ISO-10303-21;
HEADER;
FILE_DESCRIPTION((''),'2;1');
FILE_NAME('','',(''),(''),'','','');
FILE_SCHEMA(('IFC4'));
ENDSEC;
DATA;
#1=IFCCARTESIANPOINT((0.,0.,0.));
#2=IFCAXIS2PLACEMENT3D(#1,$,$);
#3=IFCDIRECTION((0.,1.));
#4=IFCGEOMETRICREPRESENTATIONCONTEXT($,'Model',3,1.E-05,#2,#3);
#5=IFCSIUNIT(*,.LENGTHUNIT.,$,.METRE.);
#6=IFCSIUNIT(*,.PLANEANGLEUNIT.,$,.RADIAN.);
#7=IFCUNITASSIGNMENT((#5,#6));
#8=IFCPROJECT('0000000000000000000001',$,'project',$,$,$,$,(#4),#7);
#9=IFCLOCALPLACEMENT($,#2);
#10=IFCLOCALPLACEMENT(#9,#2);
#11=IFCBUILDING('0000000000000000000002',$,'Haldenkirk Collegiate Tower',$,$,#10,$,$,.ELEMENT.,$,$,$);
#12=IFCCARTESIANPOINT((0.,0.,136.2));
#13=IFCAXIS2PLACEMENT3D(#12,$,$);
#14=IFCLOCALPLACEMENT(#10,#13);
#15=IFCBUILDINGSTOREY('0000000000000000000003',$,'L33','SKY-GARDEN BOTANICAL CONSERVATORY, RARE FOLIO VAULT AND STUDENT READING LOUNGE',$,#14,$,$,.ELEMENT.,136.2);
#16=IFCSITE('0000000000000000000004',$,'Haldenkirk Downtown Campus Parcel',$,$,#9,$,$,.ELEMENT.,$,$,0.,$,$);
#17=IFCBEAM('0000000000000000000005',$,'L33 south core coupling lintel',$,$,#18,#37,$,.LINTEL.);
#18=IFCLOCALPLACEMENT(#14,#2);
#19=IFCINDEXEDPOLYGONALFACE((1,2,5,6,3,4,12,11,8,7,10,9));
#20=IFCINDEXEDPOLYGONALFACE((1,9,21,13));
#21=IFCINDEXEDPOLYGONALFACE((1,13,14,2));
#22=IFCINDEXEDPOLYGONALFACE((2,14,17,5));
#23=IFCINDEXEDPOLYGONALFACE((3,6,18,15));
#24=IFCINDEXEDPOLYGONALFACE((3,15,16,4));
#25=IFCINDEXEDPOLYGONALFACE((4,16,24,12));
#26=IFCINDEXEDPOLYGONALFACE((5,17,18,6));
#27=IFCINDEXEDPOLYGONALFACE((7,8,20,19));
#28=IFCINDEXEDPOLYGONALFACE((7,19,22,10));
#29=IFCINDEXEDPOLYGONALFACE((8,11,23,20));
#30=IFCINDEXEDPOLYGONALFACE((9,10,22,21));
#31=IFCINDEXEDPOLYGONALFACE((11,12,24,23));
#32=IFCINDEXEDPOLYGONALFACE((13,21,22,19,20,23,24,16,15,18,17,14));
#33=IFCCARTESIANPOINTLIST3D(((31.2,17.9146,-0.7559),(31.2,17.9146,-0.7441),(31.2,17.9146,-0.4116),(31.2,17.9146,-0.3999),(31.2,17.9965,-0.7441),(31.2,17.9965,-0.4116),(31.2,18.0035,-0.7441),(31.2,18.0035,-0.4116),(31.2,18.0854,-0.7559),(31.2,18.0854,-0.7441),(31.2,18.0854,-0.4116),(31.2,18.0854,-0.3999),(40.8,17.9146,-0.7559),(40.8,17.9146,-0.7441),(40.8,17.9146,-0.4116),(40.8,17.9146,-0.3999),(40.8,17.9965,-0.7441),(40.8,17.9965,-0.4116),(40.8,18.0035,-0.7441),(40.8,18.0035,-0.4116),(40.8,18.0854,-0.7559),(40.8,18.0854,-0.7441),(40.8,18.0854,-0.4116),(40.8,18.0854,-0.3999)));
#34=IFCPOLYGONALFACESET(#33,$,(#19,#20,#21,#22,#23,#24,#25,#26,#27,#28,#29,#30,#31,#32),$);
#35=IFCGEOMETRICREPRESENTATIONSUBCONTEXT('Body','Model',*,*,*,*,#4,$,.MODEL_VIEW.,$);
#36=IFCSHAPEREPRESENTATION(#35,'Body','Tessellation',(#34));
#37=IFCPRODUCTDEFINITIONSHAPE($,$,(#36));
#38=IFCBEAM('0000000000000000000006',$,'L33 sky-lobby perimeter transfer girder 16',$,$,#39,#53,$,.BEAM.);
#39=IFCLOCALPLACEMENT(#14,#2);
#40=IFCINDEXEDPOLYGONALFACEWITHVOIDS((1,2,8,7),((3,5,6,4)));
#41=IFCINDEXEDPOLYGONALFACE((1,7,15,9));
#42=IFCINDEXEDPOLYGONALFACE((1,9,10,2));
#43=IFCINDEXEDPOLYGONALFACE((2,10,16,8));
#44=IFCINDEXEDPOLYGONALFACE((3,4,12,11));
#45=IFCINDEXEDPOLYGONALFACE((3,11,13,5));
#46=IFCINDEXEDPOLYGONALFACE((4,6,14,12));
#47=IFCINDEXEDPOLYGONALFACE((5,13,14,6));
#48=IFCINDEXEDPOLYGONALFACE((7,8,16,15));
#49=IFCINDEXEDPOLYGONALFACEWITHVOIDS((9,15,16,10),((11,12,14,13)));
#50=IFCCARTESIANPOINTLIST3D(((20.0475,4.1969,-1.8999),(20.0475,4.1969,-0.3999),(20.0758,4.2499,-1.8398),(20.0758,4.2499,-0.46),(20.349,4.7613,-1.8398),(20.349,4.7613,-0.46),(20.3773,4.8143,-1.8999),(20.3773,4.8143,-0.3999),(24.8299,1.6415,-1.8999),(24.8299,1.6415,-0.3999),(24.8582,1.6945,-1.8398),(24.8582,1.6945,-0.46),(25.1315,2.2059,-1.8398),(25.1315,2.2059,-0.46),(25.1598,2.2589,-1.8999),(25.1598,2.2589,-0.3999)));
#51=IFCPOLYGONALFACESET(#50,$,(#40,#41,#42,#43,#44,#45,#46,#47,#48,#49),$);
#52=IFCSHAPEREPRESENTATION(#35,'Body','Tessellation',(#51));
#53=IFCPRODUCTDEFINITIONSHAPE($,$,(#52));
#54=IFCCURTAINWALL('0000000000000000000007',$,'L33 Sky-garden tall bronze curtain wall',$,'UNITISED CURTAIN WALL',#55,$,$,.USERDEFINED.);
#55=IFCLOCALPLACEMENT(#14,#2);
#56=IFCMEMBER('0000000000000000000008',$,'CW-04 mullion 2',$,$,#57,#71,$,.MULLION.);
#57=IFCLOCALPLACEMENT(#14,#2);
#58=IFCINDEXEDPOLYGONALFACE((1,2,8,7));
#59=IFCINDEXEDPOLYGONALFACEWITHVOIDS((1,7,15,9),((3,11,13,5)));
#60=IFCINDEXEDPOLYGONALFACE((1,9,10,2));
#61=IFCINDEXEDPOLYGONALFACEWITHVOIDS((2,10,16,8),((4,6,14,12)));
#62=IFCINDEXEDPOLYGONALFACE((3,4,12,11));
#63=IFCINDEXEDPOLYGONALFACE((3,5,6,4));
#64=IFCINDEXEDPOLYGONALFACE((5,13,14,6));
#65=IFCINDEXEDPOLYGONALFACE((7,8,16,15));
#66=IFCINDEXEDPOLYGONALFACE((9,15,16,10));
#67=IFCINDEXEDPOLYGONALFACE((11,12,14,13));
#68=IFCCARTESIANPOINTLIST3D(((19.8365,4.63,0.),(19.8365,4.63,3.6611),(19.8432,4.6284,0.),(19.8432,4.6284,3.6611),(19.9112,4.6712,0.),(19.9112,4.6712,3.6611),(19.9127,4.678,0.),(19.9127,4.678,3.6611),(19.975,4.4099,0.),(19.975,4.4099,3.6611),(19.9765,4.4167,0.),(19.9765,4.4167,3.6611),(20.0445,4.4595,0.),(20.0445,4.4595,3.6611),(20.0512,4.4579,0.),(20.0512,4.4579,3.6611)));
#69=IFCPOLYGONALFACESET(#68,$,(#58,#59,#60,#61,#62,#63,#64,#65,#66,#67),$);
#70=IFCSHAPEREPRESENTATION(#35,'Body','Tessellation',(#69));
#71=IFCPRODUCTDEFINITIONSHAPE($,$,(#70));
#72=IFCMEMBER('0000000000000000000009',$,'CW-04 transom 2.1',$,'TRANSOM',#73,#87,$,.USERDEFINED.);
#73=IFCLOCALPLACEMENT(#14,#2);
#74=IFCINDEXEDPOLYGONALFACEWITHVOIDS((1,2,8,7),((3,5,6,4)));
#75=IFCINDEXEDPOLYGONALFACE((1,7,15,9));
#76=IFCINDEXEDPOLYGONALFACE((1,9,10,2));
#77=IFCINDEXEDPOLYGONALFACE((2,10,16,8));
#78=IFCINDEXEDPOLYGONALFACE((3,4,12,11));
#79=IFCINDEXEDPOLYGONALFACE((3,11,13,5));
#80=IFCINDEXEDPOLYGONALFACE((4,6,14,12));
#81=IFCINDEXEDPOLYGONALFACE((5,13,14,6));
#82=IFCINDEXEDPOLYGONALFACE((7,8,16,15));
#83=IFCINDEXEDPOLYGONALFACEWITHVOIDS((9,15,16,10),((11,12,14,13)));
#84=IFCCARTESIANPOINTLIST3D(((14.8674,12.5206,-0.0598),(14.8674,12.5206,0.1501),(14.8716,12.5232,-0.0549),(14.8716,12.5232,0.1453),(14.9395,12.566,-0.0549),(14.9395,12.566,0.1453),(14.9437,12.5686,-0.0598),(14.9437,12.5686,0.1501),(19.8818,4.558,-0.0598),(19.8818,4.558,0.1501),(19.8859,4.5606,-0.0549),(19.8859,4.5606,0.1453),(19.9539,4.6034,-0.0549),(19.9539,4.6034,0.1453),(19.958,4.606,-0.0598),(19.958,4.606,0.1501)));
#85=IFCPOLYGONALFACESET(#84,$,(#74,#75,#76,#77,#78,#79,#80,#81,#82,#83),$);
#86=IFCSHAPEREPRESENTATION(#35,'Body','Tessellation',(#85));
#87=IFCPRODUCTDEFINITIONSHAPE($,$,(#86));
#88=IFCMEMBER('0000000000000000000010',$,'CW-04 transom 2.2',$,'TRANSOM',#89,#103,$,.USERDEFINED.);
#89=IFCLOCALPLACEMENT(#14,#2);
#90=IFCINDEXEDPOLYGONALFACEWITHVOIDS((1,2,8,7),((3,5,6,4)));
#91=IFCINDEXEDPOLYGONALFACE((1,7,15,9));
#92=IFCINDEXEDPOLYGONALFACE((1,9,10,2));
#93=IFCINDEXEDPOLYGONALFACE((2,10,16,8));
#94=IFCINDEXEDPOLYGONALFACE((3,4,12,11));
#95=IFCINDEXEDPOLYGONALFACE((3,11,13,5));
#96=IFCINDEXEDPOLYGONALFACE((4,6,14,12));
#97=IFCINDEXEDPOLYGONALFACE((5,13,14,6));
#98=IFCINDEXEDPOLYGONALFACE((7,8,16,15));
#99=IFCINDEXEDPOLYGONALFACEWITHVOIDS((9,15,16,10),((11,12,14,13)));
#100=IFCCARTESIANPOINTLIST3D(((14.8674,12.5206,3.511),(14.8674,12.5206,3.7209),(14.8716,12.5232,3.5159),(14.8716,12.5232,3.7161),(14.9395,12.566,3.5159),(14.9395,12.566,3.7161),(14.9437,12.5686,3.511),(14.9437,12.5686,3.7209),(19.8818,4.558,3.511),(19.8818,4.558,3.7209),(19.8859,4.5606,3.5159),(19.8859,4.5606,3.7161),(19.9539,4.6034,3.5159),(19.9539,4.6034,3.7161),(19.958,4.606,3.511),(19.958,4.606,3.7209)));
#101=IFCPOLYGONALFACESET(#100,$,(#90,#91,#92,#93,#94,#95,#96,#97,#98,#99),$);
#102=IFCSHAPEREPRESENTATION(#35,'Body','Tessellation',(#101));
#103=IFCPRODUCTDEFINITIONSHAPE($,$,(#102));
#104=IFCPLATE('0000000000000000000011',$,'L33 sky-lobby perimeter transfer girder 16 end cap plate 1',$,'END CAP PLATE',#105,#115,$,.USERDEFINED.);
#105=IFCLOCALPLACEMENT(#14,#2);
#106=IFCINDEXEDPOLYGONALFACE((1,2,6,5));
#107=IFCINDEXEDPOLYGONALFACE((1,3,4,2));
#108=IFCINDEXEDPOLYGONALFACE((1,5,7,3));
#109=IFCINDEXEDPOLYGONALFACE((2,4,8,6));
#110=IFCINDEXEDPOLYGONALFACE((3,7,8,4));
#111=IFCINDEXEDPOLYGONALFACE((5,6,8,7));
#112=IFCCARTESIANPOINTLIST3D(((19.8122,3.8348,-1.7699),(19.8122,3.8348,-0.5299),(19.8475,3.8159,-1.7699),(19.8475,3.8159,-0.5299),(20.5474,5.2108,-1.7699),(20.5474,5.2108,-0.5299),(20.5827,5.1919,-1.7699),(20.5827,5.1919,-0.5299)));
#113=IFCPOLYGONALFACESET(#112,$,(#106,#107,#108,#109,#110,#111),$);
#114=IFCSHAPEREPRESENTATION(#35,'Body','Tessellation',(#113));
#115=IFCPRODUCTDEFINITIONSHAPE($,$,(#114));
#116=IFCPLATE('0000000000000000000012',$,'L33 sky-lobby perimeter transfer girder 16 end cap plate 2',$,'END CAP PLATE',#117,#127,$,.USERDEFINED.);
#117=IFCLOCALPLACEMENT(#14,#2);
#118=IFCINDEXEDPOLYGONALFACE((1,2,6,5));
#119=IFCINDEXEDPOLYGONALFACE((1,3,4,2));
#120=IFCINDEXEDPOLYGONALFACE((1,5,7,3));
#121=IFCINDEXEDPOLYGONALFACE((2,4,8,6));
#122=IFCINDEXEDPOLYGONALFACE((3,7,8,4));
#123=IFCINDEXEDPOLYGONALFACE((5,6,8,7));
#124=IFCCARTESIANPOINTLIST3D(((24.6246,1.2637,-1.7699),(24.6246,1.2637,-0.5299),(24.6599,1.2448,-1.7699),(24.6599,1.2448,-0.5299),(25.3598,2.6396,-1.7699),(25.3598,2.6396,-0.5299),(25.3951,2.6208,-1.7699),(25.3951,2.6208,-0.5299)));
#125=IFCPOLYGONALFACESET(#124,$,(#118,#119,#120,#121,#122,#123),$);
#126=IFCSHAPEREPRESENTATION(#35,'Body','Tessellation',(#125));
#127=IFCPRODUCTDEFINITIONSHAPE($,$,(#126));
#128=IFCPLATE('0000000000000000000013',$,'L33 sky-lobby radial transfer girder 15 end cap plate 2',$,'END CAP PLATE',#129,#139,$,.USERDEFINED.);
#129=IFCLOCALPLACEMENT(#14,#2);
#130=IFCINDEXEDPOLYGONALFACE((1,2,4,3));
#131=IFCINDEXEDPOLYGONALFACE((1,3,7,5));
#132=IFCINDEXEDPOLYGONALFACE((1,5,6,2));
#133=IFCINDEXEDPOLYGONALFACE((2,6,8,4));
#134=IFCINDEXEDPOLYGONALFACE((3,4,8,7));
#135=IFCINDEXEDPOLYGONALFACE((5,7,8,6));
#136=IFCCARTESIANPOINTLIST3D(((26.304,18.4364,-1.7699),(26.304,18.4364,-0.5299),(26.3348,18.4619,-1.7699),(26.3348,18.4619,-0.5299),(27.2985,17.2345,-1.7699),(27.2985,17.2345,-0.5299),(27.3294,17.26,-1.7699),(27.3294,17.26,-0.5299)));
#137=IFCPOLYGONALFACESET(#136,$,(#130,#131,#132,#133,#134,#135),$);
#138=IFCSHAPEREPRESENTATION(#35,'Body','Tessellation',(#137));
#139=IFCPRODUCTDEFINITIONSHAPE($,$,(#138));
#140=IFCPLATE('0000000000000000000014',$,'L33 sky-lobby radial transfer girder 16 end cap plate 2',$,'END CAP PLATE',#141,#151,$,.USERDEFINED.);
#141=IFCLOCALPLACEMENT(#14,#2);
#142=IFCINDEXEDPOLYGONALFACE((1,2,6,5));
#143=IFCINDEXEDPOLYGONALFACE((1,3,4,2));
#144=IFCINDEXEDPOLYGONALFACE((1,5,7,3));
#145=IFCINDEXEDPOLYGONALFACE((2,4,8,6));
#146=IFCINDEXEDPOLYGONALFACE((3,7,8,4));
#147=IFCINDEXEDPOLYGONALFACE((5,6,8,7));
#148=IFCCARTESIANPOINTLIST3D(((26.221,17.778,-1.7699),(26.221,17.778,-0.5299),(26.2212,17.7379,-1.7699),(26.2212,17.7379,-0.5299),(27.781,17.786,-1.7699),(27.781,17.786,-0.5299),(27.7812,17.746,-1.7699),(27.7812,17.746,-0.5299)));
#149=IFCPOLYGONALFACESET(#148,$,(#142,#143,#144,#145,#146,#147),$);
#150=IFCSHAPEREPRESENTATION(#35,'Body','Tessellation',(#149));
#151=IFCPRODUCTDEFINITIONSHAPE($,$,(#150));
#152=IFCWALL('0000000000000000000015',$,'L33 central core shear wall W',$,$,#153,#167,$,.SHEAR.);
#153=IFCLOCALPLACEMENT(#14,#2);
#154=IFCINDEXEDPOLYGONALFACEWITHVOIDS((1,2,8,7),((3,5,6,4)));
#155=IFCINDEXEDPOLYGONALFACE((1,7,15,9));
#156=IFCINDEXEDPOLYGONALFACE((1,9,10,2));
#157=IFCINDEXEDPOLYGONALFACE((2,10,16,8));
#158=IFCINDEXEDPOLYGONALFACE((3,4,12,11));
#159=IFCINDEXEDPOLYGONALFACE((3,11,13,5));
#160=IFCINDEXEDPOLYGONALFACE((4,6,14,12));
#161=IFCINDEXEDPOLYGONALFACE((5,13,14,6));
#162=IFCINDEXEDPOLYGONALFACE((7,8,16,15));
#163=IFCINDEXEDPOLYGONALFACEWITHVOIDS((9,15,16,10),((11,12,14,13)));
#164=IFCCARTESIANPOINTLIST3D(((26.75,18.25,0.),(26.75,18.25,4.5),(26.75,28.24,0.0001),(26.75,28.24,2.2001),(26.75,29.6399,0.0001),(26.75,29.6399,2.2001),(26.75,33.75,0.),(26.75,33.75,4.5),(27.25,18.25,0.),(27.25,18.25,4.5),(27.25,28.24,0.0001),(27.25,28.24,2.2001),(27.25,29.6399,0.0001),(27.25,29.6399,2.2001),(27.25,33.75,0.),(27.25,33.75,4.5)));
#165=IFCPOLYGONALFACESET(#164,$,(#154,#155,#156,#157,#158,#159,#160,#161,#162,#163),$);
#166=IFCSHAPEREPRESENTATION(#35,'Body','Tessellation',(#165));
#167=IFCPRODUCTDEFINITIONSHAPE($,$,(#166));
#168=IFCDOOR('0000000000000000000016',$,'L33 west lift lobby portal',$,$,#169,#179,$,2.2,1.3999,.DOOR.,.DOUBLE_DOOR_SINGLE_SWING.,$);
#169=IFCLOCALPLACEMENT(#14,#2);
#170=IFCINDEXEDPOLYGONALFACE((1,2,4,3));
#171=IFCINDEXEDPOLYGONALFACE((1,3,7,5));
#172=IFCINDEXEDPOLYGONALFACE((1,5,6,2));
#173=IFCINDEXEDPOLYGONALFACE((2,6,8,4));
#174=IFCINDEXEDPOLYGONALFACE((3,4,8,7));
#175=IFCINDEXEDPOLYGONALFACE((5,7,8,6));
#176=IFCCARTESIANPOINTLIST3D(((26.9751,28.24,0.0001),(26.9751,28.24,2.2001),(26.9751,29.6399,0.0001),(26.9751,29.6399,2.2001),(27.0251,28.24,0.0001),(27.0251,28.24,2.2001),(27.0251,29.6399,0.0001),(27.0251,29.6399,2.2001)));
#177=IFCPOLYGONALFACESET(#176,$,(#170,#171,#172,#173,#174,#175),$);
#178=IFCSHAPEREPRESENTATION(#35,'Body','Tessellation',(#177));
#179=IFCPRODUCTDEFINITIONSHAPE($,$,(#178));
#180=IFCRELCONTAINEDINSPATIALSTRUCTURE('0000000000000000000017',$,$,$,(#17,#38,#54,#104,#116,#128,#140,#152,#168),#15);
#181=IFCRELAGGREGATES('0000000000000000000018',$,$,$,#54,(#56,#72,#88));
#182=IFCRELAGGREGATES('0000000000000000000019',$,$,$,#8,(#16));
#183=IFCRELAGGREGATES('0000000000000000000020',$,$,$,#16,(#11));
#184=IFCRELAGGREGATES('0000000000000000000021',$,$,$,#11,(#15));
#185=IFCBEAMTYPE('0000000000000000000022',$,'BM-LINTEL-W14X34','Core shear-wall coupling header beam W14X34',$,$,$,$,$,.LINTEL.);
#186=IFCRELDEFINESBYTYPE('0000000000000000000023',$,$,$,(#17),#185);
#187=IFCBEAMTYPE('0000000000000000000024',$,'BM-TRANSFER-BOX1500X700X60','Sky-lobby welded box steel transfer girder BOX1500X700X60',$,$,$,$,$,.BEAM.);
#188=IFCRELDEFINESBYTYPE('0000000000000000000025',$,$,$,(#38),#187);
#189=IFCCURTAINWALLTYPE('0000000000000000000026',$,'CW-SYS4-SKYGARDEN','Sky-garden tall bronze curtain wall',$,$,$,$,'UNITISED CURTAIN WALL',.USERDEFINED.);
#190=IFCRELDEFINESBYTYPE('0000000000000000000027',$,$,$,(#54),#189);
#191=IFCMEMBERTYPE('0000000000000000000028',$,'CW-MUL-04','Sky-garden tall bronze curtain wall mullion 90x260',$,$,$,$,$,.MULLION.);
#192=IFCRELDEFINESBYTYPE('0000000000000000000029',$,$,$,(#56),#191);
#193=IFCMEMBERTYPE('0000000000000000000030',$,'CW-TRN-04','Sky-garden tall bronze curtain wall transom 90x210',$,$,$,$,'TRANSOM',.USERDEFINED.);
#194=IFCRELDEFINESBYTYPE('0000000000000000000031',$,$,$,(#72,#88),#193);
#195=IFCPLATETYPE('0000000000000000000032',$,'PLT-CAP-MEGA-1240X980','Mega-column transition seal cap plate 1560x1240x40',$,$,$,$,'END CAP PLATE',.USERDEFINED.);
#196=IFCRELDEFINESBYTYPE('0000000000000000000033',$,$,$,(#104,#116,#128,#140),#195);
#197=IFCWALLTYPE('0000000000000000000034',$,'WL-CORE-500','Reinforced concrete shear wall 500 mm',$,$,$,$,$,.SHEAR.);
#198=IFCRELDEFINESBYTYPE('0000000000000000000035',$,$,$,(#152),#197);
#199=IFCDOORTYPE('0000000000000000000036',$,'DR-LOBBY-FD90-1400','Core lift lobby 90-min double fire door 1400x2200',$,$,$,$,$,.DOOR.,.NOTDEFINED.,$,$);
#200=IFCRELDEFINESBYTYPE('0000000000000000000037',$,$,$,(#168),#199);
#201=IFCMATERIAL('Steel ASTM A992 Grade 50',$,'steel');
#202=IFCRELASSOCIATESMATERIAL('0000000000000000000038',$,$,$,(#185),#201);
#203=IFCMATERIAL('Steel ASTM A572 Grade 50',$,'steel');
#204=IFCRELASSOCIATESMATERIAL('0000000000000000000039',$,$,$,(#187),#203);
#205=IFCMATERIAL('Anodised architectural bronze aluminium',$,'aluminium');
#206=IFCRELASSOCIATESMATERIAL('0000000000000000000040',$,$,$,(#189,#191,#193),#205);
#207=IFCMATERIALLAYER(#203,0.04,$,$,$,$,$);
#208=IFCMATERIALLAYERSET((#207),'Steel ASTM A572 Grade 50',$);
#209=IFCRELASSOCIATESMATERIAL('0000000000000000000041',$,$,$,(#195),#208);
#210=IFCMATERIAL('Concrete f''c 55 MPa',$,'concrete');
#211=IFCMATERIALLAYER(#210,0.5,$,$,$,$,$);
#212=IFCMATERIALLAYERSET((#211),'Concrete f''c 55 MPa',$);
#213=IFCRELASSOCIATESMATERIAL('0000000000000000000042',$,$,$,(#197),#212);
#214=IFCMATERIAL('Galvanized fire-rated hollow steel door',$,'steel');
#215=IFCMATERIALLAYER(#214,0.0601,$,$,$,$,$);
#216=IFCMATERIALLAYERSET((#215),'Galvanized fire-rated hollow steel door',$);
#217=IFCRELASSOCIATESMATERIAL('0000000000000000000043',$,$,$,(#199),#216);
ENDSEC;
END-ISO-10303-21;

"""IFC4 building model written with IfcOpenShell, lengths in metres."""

from ifc_helpers import new_model, si_unit, direction, frame, frame_2d, origin, origin_2d, place, context, subcontext, project, spatial, rectangle, hollow_rectangle, i_section, extrude, source, transform, mapped, material, layer, layer_set, material_profile, profile_set, type_object, element, fill, aggregate, save


model = new_model("IFC4")

# Units and contexts
model_context = context("Model", 3, precision=1e-05, world=origin(), true_north=direction((0.0, 1.0)))
body_context = subcontext(model_context, "Body", "Model", "MODEL_VIEW")
ifc_project = project(units=[si_unit("LENGTHUNIT", "METRE"), si_unit("PLANEANGLEUNIT", "RADIAN")], contexts=[model_context])

# Site, building, storey
site_placement = place(None, origin())
site = spatial("IfcSite", under=ifc_project, at=site_placement, Name="Haldenkirk Downtown Campus Parcel", CompositionType="ELEMENT", RefElevation=0.0)
building_placement = place(site_placement, origin())
building = spatial("IfcBuilding", under=site, at=building_placement, Name="Haldenkirk Collegiate Tower", CompositionType="ELEMENT")
storey_placement = place(building_placement, frame((0.0, 0.0, 136.2)))
storey = spatial("IfcBuildingStorey", under=building, at=storey_placement, Name="L33", Description="SKY-GARDEN BOTANICAL CONSERVATORY, RARE FOLIO VAULT AND STUDENT READING LOUNGE", CompositionType="ELEMENT", Elevation=136.2)

# Beams
ifc_material_1 = material(Name="Steel ASTM A992 Grade 50", Category="steel")
ifc_material_profile_1 = material_profile(ifc_material_1, i_section(OverallWidth=0.1709, OverallDepth=0.356, WebThickness=0.0071, FlangeThickness=0.0117, at=origin_2d()), Name="W14X34")
ifc_profile_set_1 = profile_set([ifc_material_profile_1], Name="Steel ASTM A992 Grade 50")
beam_type_1 = type_object("IfcBeamType", Name="BM-LINTEL-W14X34", Description="Core shear-wall coupling header beam W14X34", PredefinedType="LINTEL", material=ifc_profile_set_1)
beam_1_placement = place(storey_placement, frame((31.2, 18.0, -0.5779), z_axis=(1.0, 0.0, 0.0), x_axis=(0.0, 1.0, 0.0)))
element("IfcBeam", 1, at=beam_1_placement, inside=storey, type_object=beam_type_1, Name="L33 south core coupling lintel", PredefinedType="LINTEL", context=body_context, shape_type="SweptSolid", body=[
    extrude(i_section(OverallWidth=0.1709, OverallDepth=0.356, WebThickness=0.0071, FlangeThickness=0.0117, at=origin_2d()), origin(), (0.0, 0.0, 1.0), 9.6001),
])
ifc_material_2 = material(Name="Steel ASTM A572 Grade 50", Category="steel")
ifc_material_profile_2 = material_profile(ifc_material_2, hollow_rectangle(XDim=0.7, YDim=1.5, WallThickness=0.0601, at=origin_2d()), Name="BOX1500X700X60")
ifc_profile_set_2 = profile_set([ifc_material_profile_2], Name="Steel ASTM A572 Grade 50")
beam_type_2 = type_object("IfcBeamType", Name="BM-TRANSFER-BOX1500X700X60", Description="Sky-lobby welded box steel transfer girder BOX1500X700X60", PredefinedType="BEAM", material=ifc_profile_set_2)
beam_2_placement = place(storey_placement, frame((20.2124, 4.5056, -1.1499), z_axis=(0.881987, -0.471273, 0.0), x_axis=(0.471273, 0.881987, 0.0)))
element("IfcBeam", 2, at=beam_2_placement, inside=storey, type_object=beam_type_2, Name="L33 sky-lobby perimeter transfer girder 16", PredefinedType="BEAM", context=body_context, shape_type="SweptSolid", body=[
    extrude(hollow_rectangle(XDim=0.7, YDim=1.5, WallThickness=0.0601, at=origin_2d()), origin(), (0.0, 0.0, 1.0), 5.4224),
])

# Curtain wall, members
ifc_material_3 = material(Name="Anodised architectural bronze aluminium", Category="aluminium")
curtain_wall_type = type_object("IfcCurtainWallType", Name="CW-SYS4-SKYGARDEN", Description="Sky-garden tall bronze curtain wall", ElementType="UNITISED CURTAIN WALL", PredefinedType="USERDEFINED", material=ifc_material_3)
curtain_wall_placement = place(storey_placement, origin())
curtain_wall = element("IfcCurtainWall", 3, at=curtain_wall_placement, inside=storey, type_object=curtain_wall_type, Name="L33 Sky-garden tall bronze curtain wall", ObjectType="UNITISED CURTAIN WALL", PredefinedType="USERDEFINED")
ifc_material_profile_3 = material_profile(ifc_material_3, hollow_rectangle(XDim=0.0901, YDim=0.26, WallThickness=0.0049, at=origin_2d()), Name="CW-MUL-04")
ifc_profile_set_3 = profile_set([ifc_material_profile_3], Name="Anodised architectural bronze aluminium")
member_type_1 = type_object("IfcMemberType", Name="CW-MUL-04", Description="Sky-garden tall bronze curtain wall mullion 90x260", PredefinedType="MULLION", material=ifc_profile_set_3)
member_1_placement = place(storey_placement, frame((19.9438, 4.5439, 0.0), z_axis=(0.0, 0.0, 1.0), x_axis=(-0.846192, -0.532878, 0.0)))
member_1 = element("IfcMember", 4, at=member_1_placement, type_object=member_type_1, Name="CW-04 mullion 2", PredefinedType="MULLION", context=body_context, shape_type="SweptSolid", body=[
    extrude(hollow_rectangle(XDim=0.0901, YDim=0.26, WallThickness=0.0049, at=origin_2d()), origin(), (0.0, 0.0, 1.0), 3.6611),
])
ifc_material_profile_4 = material_profile(ifc_material_3, hollow_rectangle(XDim=0.0901, YDim=0.21, WallThickness=0.0049, at=origin_2d()), Name="CW-TRN-04")
ifc_profile_set_4 = profile_set([ifc_material_profile_4], Name="Anodised architectural bronze aluminium")
member_type_2 = type_object("IfcMemberType", Name="CW-TRN-04", Description="Sky-garden tall bronze curtain wall transom 90x210", ElementType="TRANSOM", PredefinedType="USERDEFINED", material=ifc_profile_set_4)
member_2_placement = place(storey_placement, frame((19.9199, 4.582, 0.0452), z_axis=(-0.532881, 0.84619, 0.0), x_axis=(-0.84619, -0.532881, 0.0)))
member_2 = element("IfcMember", 5, at=member_2_placement, type_object=member_type_2, Name="CW-04 transom 2.1", ObjectType="TRANSOM", PredefinedType="USERDEFINED", context=body_context, shape_type="SweptSolid", body=[
    extrude(hollow_rectangle(XDim=0.0901, YDim=0.21, WallThickness=0.0049, at=origin_2d()), origin(), (0.0, 0.0, 1.0), 9.4099),
])
member_3_placement = place(storey_placement, frame((19.9199, 4.582, 3.616), z_axis=(-0.532881, 0.84619, 0.0), x_axis=(-0.84619, -0.532881, 0.0)))
member_3 = element("IfcMember", 6, at=member_3_placement, type_object=member_type_2, Name="CW-04 transom 2.2", ObjectType="TRANSOM", PredefinedType="USERDEFINED", context=body_context, shape_type="SweptSolid", body=[
    extrude(hollow_rectangle(XDim=0.0901, YDim=0.21, WallThickness=0.0049, at=origin_2d()), origin(), (0.0, 0.0, 1.0), 9.4099),
])
aggregate(curtain_wall, [member_1, member_2, member_3])

# Plates
ifc_layer_1 = layer(ifc_material_2, 0.04)
ifc_layer_set_1 = layer_set([ifc_layer_1], Name="Steel ASTM A572 Grade 50")
plate_type = type_object("IfcPlateType", Name="PLT-CAP-MEGA-1240X980", Description="Mega-column transition seal cap plate 1560x1240x40", ElementType="END CAP PLATE", PredefinedType="USERDEFINED", material=ifc_layer_set_1)
shared_shape = source(origin(), body_context, "Body", "SweptSolid", [
    extrude(rectangle(XDim=1.5601, YDim=1.24, at=origin_2d()), origin(), (0.0, 0.0, 1.0), 0.04),
])
for number, where, z_axis, x_axis, name in (
    (7, (20.2151, 4.5039, -1.1499), (-0.881986, 0.471275, 0.0), (-0.471275, -0.881986, 0.0), "L33 sky-lobby perimeter transfer girder 16 end cap plate 1"),
    (8, (24.9922, 1.9517, -1.1499), (0.881986, -0.471275, 0.0), (0.471275, 0.881986, 0.0), "L33 sky-lobby perimeter transfer girder 16 end cap plate 2"),
    (9, (26.8013, 17.8354, -1.1499), (0.770438, 0.637515, 0.0), (-0.637515, 0.770438, 0.0), "L33 sky-lobby radial transfer girder 15 end cap plate 2"),
    (10, (27.0012, 17.7419, -1.1499), (-0.005163, 0.999987, 0.0), (-0.999987, -0.005163, 0.0), "L33 sky-lobby radial transfer girder 16 end cap plate 2"),
):
    element("IfcPlate", number, at=place(storey_placement, frame(where, z_axis=z_axis, x_axis=x_axis)), inside=storey, type_object=plate_type, Name=name, ObjectType="END CAP PLATE", PredefinedType="USERDEFINED", context=body_context, shape_type="MappedRepresentation", body=[
        mapped(shared_shape, transform((0.0, 0.0, 0.0), x_axis=(1.0, 0.0, 0.0), y_axis=(0.0, 1.0, 0.0), z_axis=(0.0, 0.0, 1.0), scale=1.0)),
    ])

# Shared definitions
ifc_material_4 = material(Name="Concrete f'c 55 MPa", Category="concrete")
ifc_layer_2 = layer(ifc_material_4, 0.5)
ifc_layer_set_2 = layer_set([ifc_layer_2], Name="Concrete f'c 55 MPa")
wall_type_1 = type_object("IfcWallType", Name="WL-CORE-500", Description="Reinforced concrete shear wall 500 mm", PredefinedType="SHEAR", material=ifc_layer_set_2)
ifc_material_5 = material(Name="Galvanized fire-rated hollow steel door", Category="steel")

# Wall, opening, door
wall_1_placement = place(storey_placement, frame((27.0, 18.25, 0.0), z_axis=(0.0, 0.0, 1.0), x_axis=(0.0, 1.0, 0.0)))
wall_1 = element("IfcWall", 11, at=wall_1_placement, inside=storey, type_object=wall_type_1, Name="L33 central core shear wall W", PredefinedType="SHEAR", context=body_context, shape_type="SweptSolid", body=[
    extrude(rectangle(XDim=15.5, YDim=0.5, at=frame_2d((7.75, 0.0))), origin(), (0.0, 0.0, 1.0), 4.5),
])
opening_1_placement = place(wall_1_placement, frame((9.99, 0.0, 0.0)))
opening_1 = element("IfcOpeningElement", 12, at=opening_1_placement, cuts=wall_1, PredefinedType="OPENING", context=body_context, shape_type="SweptSolid", body=[
    extrude(rectangle(XDim=1.3999, YDim=2.2, at=frame_2d((0.7, 1.1001))), frame((0.0, 0.26, 0.0), z_axis=(0.0, -1.0, 0.0), x_axis=(1.0, 0.0, 0.0)), (0.0, 0.0, 1.0), 0.52),
])
ifc_layer_3 = layer(ifc_material_5, 0.0601)
ifc_layer_set_3 = layer_set([ifc_layer_3], Name="Galvanized fire-rated hollow steel door")
door_type_1 = type_object("IfcDoorType", Name="DR-LOBBY-FD90-1400", Description="Core lift lobby 90-min double fire door 1400x2200", OperationType="NOTDEFINED", PredefinedType="DOOR", material=ifc_layer_set_3)
door_1_placement = place(opening_1_placement, origin())
door_1 = element("IfcDoor", 13, at=door_1_placement, inside=storey, type_object=door_type_1, Name="L33 west lift lobby portal", OperationType="DOUBLE_DOOR_SINGLE_SWING", OverallHeight=2.2, OverallWidth=1.3999, PredefinedType="DOOR", context=body_context, shape_type="SweptSolid", body=[
    extrude(rectangle(XDim=1.3999, YDim=2.2, at=frame_2d((0.7, 1.1001))), frame((0.0, 0.0249, 0.0), z_axis=(0.0, -1.0, 0.0), x_axis=(1.0, 0.0, 0.0)), (0.0, 0.0, 1.0), 0.05),
])
fill(opening_1, door_1)

save(model, "model.ifc")
